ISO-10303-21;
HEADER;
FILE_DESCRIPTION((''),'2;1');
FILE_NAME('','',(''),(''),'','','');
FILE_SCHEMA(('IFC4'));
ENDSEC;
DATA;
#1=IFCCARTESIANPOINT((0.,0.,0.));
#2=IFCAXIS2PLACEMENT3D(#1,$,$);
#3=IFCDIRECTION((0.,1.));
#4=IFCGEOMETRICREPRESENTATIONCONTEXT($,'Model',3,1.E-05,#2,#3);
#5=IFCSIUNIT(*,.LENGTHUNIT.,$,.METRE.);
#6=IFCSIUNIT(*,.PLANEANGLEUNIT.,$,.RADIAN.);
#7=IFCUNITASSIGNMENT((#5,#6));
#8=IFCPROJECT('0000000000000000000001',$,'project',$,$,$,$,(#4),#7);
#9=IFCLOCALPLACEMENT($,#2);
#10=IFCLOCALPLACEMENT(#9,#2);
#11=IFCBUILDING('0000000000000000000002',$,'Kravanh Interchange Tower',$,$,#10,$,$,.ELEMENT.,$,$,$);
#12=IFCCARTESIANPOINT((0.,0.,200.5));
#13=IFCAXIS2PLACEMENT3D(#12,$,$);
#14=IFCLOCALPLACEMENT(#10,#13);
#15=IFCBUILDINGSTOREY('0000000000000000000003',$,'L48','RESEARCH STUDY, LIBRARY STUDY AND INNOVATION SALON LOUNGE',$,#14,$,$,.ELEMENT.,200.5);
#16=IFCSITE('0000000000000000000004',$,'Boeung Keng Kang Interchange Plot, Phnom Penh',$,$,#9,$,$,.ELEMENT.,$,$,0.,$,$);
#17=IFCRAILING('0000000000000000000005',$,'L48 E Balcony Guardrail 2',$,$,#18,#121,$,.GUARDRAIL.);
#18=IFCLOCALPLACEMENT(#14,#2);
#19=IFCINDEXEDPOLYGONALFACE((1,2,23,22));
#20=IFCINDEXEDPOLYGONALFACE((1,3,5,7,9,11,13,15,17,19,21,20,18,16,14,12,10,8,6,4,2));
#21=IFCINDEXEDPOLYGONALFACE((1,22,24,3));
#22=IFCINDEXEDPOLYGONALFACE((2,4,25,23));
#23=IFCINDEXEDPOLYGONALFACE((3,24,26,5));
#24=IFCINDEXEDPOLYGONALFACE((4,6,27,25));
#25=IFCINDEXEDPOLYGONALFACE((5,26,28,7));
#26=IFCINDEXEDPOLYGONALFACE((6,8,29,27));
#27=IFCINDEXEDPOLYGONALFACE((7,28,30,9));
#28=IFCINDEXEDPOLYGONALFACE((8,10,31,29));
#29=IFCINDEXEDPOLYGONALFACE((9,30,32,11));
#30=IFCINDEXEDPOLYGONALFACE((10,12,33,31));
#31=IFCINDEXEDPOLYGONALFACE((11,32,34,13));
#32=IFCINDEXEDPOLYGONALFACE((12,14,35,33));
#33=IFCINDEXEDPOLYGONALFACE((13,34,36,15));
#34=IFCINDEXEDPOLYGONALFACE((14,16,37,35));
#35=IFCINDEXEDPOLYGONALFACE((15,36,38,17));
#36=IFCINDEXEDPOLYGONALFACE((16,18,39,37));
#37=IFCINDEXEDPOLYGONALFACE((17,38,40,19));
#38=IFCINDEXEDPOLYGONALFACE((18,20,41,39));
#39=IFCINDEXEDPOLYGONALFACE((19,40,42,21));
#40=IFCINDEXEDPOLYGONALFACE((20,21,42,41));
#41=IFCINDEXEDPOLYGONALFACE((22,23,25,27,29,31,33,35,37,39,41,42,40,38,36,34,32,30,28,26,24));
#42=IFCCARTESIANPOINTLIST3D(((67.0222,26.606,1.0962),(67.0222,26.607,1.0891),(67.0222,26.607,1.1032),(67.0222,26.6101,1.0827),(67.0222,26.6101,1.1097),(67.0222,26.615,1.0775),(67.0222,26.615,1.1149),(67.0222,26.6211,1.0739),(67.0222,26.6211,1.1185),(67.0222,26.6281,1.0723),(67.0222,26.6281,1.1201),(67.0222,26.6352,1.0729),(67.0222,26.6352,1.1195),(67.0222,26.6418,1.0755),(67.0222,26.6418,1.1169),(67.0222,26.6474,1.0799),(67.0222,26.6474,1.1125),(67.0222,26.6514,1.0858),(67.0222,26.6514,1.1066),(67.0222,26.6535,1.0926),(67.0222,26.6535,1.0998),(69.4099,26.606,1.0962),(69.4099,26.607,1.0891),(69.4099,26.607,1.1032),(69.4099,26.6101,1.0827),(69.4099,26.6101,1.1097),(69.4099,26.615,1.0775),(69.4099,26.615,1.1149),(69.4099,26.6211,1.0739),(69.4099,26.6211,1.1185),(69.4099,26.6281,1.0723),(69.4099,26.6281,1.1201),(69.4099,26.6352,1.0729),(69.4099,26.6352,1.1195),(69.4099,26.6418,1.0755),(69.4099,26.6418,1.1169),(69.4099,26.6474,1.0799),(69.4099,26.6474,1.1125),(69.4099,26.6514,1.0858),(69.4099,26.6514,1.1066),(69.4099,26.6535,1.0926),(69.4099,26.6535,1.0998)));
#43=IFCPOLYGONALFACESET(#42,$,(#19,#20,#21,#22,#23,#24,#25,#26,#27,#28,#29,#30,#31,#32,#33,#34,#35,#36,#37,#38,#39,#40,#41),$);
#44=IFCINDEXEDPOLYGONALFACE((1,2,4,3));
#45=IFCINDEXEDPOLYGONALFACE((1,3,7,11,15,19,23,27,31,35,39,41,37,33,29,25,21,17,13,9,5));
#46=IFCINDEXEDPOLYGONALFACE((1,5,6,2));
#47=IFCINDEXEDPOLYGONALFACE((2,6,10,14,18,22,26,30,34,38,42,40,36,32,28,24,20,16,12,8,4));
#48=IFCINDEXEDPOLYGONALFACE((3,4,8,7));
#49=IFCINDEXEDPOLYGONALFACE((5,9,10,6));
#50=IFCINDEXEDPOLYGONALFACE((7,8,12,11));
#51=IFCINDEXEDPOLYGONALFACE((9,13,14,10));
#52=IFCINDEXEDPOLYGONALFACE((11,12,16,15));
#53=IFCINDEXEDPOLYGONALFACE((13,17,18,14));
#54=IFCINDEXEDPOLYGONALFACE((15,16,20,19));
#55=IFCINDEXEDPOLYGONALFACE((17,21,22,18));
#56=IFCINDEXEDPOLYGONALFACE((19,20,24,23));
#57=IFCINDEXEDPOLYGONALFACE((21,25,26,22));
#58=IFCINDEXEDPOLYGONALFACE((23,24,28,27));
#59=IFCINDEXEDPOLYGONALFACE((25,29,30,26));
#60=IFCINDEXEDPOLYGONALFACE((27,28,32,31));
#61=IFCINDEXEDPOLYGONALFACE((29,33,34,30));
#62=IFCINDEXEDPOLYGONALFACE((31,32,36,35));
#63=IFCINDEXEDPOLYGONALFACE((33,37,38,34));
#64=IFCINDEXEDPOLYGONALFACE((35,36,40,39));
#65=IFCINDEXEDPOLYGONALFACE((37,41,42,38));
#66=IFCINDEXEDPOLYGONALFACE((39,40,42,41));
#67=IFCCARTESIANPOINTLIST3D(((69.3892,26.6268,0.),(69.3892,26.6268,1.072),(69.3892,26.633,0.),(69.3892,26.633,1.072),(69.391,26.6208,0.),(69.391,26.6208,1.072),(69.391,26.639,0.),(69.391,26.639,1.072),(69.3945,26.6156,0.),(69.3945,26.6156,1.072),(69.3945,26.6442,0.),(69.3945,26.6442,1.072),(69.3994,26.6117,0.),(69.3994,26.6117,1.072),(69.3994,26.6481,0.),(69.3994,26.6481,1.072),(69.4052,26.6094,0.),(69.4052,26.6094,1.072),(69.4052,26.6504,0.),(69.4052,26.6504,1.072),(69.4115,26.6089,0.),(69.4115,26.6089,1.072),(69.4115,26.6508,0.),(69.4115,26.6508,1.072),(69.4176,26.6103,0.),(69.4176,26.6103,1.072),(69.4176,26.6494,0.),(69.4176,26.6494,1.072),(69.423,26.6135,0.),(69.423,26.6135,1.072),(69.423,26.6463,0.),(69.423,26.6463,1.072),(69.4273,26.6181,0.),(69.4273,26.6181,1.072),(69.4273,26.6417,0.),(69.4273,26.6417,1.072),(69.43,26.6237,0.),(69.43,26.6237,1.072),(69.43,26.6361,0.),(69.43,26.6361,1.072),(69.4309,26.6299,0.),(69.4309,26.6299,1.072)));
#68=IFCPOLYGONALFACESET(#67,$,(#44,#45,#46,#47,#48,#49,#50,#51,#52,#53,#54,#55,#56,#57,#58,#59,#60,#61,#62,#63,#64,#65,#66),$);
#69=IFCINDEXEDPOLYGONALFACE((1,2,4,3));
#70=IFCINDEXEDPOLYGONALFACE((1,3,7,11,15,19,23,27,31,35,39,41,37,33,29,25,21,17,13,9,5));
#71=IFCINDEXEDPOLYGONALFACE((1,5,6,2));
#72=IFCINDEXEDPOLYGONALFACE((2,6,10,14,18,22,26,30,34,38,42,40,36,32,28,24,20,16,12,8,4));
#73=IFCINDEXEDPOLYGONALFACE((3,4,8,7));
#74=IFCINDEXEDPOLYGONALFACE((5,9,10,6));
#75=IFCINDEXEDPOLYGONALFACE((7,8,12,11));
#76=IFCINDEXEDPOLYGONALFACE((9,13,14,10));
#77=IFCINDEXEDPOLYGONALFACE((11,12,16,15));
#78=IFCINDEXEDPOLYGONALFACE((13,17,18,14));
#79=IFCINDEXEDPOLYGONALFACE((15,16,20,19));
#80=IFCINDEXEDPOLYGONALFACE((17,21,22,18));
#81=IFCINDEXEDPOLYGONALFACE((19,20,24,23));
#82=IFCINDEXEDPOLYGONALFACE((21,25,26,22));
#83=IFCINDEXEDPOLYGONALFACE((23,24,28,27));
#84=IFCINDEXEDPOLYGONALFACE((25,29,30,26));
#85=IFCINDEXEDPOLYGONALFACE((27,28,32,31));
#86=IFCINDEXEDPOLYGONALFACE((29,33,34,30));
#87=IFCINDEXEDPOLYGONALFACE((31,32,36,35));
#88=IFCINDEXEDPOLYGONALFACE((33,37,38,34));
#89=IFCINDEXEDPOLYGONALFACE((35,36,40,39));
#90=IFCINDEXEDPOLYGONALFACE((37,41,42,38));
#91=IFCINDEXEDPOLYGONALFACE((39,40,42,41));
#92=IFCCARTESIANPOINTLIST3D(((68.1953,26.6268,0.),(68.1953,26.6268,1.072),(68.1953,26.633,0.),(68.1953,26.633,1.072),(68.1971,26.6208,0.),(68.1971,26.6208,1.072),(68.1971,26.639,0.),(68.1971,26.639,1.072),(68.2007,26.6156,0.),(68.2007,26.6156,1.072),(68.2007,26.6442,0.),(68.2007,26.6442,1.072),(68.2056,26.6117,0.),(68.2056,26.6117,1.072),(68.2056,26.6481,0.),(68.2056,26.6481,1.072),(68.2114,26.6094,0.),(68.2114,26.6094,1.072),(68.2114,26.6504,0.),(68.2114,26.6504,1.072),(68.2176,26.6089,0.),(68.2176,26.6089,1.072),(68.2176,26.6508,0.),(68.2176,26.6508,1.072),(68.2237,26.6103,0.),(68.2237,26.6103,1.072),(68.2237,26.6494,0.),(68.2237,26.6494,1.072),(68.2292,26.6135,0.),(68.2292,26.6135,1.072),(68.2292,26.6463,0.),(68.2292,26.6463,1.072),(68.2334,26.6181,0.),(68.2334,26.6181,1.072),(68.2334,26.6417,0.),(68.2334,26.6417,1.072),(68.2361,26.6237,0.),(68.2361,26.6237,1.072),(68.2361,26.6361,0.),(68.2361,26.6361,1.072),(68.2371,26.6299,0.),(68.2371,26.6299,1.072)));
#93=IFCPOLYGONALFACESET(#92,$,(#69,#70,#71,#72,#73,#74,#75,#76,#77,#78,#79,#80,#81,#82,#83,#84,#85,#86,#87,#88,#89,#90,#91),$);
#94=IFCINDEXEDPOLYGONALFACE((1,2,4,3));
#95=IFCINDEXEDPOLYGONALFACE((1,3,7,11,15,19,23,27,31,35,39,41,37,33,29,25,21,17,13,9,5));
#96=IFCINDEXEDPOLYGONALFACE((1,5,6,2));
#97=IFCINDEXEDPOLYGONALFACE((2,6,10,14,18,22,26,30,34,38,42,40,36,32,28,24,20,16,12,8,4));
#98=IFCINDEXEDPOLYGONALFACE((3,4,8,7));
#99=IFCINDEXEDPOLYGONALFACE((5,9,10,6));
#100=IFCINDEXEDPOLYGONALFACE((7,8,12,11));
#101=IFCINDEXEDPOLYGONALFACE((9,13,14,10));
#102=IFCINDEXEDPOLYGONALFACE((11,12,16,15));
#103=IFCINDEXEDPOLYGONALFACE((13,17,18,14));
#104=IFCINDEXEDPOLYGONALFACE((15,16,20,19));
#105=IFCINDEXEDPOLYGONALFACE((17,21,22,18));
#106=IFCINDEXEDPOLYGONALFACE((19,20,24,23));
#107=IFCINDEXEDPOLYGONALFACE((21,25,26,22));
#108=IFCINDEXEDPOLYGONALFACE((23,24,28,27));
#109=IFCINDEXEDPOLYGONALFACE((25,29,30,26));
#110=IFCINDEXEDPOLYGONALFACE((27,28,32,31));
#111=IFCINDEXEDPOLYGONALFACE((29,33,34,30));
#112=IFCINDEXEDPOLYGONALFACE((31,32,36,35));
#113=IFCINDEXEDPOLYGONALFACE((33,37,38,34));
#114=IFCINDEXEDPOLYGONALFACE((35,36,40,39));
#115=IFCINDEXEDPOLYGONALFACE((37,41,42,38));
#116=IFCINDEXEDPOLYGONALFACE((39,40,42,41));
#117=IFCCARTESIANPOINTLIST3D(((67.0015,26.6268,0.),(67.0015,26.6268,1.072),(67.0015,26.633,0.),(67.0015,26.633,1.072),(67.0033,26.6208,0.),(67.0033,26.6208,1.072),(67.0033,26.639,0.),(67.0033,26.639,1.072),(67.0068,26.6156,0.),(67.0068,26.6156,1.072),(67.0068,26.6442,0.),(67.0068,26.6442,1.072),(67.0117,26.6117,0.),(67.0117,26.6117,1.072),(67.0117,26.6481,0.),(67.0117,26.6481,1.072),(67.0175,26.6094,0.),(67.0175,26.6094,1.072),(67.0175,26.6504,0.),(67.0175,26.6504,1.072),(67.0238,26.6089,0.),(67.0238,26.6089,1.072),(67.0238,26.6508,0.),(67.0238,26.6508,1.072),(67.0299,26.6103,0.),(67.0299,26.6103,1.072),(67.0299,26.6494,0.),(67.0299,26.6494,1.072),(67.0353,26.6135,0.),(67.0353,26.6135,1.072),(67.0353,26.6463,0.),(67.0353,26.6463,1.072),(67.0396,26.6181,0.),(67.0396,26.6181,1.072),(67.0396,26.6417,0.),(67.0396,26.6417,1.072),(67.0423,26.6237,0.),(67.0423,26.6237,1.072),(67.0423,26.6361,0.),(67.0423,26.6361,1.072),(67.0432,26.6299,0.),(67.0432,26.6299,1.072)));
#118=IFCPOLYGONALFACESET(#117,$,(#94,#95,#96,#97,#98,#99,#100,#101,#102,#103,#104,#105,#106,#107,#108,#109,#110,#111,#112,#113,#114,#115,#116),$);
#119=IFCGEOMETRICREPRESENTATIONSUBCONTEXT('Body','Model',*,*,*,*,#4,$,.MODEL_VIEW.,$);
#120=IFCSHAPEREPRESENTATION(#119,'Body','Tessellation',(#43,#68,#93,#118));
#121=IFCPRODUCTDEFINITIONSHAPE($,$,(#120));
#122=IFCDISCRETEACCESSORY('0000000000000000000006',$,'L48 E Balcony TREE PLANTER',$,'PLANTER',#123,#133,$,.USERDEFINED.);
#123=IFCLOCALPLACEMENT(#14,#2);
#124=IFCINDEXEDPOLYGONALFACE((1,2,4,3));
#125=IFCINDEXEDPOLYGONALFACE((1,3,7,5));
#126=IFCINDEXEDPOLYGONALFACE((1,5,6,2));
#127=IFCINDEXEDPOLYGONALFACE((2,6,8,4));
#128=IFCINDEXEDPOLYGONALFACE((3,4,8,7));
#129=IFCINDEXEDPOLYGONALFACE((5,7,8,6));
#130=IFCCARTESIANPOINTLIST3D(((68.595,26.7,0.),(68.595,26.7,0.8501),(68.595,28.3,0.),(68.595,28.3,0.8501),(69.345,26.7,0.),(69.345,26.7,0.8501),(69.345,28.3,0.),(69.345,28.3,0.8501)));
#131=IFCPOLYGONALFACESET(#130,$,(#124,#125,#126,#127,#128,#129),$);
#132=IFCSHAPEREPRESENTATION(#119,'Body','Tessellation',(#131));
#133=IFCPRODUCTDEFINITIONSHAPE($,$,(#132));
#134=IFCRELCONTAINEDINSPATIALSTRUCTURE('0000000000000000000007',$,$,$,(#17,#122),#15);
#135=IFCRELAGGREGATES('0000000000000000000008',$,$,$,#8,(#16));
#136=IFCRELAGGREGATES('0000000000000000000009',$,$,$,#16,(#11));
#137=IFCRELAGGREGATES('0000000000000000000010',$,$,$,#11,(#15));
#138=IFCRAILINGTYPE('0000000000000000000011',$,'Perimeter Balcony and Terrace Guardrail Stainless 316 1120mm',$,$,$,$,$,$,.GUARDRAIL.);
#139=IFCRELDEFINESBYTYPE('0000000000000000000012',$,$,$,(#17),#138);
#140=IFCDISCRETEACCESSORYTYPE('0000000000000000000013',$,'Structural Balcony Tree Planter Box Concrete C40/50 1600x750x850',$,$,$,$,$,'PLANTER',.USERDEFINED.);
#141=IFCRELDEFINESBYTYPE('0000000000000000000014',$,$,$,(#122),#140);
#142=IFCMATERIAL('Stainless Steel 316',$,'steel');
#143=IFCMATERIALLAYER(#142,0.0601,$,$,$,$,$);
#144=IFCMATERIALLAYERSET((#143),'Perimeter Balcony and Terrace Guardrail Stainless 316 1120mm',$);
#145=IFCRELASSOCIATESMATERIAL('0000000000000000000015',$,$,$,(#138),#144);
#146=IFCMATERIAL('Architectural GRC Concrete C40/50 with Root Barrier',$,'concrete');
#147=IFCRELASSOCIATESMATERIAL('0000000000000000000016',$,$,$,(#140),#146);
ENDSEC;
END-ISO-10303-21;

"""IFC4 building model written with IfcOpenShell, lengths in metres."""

from ifc_helpers import new_model, si_unit, direction, frame, origin, origin_2d, place, context, subcontext, project, spatial, rectangle, circle, extrude, material, layer, layer_set, type_object, element, save


model = new_model("IFC4")

# Units and contexts
model_context = context("Model", 3, precision=1e-05, world=origin(), true_north=direction((0.0, 1.0)))
body_context = subcontext(model_context, "Body", "Model", "MODEL_VIEW")
ifc_project = project(units=[si_unit("LENGTHUNIT", "METRE"), si_unit("PLANEANGLEUNIT", "RADIAN")], contexts=[model_context])

# Site, building, storey
site_placement = place(None, origin())
site = spatial("IfcSite", under=ifc_project, at=site_placement, Name="Boeung Keng Kang Interchange Plot, Phnom Penh", CompositionType="ELEMENT", RefElevation=0.0)
building_placement = place(site_placement, origin())
building = spatial("IfcBuilding", under=site, at=building_placement, Name="Kravanh Interchange Tower", CompositionType="ELEMENT")
storey_placement = place(building_placement, frame((0.0, 0.0, 200.5)))
storey = spatial("IfcBuildingStorey", under=building, at=storey_placement, Name="L48", Description="RESEARCH STUDY, LIBRARY STUDY AND INNOVATION SALON LOUNGE", CompositionType="ELEMENT", Elevation=200.5)

# Railing
ifc_material_1 = material(Name="Stainless Steel 316", Category="steel")
ifc_layer_1 = layer(ifc_material_1, 0.0601)
ifc_layer_set_1 = layer_set([ifc_layer_1], Name="Perimeter Balcony and Terrace Guardrail Stainless 316 1120mm")
railing_type = type_object("IfcRailingType", Name="Perimeter Balcony and Terrace Guardrail Stainless 316 1120mm", PredefinedType="GUARDRAIL", material=ifc_layer_set_1)
railing_placement = place(storey_placement, frame((69.4099, 26.6299, 0.0)))
element("IfcRailing", 1, at=railing_placement, inside=storey, type_object=railing_type, Name="L48 E Balcony Guardrail 2", PredefinedType="GUARDRAIL", context=body_context, shape_type="SweptSolid", body=[
    extrude(circle(Radius=0.0239, at=origin_2d()), frame((0.0, 0.0, 1.0962), z_axis=(-1.0, 0.0, 0.0), x_axis=(0.0, -1.0, 0.0)), (0.0, 0.0, 1.0), 2.3877),
    extrude(circle(Radius=0.021, at=origin_2d()), origin(), (0.0, 0.0, 1.0), 1.072),
    extrude(circle(Radius=0.021, at=origin_2d()), frame((-1.1938, 0.0, 0.0)), (0.0, 0.0, 1.0), 1.072),
    extrude(circle(Radius=0.021, at=origin_2d()), frame((-2.3877, 0.0, 0.0)), (0.0, 0.0, 1.0), 1.072),
])

# Discrete accessory
ifc_material_2 = material(Name="Architectural GRC Concrete C40/50 with Root Barrier", Category="concrete")
discrete_accessory_type = type_object("IfcDiscreteAccessoryType", Name="Structural Balcony Tree Planter Box Concrete C40/50 1600x750x850", ElementType="PLANTER", PredefinedType="USERDEFINED", material=ifc_material_2)
discrete_accessory_placement = place(storey_placement, frame((68.97, 27.5, 0.0), z_axis=(0.0, 0.0, 1.0), x_axis=(1.0, 0.0, 0.0)))
element("IfcDiscreteAccessory", 2, at=discrete_accessory_placement, inside=storey, type_object=discrete_accessory_type, Name="L48 E Balcony TREE PLANTER", ObjectType="PLANTER", PredefinedType="USERDEFINED", context=body_context, shape_type="SweptSolid", body=[
    extrude(rectangle(XDim=0.75, YDim=1.6001, at=origin_2d()), origin(), (0.0, 0.0, 1.0), 0.8501),
])

save(model, "model.ifc")
